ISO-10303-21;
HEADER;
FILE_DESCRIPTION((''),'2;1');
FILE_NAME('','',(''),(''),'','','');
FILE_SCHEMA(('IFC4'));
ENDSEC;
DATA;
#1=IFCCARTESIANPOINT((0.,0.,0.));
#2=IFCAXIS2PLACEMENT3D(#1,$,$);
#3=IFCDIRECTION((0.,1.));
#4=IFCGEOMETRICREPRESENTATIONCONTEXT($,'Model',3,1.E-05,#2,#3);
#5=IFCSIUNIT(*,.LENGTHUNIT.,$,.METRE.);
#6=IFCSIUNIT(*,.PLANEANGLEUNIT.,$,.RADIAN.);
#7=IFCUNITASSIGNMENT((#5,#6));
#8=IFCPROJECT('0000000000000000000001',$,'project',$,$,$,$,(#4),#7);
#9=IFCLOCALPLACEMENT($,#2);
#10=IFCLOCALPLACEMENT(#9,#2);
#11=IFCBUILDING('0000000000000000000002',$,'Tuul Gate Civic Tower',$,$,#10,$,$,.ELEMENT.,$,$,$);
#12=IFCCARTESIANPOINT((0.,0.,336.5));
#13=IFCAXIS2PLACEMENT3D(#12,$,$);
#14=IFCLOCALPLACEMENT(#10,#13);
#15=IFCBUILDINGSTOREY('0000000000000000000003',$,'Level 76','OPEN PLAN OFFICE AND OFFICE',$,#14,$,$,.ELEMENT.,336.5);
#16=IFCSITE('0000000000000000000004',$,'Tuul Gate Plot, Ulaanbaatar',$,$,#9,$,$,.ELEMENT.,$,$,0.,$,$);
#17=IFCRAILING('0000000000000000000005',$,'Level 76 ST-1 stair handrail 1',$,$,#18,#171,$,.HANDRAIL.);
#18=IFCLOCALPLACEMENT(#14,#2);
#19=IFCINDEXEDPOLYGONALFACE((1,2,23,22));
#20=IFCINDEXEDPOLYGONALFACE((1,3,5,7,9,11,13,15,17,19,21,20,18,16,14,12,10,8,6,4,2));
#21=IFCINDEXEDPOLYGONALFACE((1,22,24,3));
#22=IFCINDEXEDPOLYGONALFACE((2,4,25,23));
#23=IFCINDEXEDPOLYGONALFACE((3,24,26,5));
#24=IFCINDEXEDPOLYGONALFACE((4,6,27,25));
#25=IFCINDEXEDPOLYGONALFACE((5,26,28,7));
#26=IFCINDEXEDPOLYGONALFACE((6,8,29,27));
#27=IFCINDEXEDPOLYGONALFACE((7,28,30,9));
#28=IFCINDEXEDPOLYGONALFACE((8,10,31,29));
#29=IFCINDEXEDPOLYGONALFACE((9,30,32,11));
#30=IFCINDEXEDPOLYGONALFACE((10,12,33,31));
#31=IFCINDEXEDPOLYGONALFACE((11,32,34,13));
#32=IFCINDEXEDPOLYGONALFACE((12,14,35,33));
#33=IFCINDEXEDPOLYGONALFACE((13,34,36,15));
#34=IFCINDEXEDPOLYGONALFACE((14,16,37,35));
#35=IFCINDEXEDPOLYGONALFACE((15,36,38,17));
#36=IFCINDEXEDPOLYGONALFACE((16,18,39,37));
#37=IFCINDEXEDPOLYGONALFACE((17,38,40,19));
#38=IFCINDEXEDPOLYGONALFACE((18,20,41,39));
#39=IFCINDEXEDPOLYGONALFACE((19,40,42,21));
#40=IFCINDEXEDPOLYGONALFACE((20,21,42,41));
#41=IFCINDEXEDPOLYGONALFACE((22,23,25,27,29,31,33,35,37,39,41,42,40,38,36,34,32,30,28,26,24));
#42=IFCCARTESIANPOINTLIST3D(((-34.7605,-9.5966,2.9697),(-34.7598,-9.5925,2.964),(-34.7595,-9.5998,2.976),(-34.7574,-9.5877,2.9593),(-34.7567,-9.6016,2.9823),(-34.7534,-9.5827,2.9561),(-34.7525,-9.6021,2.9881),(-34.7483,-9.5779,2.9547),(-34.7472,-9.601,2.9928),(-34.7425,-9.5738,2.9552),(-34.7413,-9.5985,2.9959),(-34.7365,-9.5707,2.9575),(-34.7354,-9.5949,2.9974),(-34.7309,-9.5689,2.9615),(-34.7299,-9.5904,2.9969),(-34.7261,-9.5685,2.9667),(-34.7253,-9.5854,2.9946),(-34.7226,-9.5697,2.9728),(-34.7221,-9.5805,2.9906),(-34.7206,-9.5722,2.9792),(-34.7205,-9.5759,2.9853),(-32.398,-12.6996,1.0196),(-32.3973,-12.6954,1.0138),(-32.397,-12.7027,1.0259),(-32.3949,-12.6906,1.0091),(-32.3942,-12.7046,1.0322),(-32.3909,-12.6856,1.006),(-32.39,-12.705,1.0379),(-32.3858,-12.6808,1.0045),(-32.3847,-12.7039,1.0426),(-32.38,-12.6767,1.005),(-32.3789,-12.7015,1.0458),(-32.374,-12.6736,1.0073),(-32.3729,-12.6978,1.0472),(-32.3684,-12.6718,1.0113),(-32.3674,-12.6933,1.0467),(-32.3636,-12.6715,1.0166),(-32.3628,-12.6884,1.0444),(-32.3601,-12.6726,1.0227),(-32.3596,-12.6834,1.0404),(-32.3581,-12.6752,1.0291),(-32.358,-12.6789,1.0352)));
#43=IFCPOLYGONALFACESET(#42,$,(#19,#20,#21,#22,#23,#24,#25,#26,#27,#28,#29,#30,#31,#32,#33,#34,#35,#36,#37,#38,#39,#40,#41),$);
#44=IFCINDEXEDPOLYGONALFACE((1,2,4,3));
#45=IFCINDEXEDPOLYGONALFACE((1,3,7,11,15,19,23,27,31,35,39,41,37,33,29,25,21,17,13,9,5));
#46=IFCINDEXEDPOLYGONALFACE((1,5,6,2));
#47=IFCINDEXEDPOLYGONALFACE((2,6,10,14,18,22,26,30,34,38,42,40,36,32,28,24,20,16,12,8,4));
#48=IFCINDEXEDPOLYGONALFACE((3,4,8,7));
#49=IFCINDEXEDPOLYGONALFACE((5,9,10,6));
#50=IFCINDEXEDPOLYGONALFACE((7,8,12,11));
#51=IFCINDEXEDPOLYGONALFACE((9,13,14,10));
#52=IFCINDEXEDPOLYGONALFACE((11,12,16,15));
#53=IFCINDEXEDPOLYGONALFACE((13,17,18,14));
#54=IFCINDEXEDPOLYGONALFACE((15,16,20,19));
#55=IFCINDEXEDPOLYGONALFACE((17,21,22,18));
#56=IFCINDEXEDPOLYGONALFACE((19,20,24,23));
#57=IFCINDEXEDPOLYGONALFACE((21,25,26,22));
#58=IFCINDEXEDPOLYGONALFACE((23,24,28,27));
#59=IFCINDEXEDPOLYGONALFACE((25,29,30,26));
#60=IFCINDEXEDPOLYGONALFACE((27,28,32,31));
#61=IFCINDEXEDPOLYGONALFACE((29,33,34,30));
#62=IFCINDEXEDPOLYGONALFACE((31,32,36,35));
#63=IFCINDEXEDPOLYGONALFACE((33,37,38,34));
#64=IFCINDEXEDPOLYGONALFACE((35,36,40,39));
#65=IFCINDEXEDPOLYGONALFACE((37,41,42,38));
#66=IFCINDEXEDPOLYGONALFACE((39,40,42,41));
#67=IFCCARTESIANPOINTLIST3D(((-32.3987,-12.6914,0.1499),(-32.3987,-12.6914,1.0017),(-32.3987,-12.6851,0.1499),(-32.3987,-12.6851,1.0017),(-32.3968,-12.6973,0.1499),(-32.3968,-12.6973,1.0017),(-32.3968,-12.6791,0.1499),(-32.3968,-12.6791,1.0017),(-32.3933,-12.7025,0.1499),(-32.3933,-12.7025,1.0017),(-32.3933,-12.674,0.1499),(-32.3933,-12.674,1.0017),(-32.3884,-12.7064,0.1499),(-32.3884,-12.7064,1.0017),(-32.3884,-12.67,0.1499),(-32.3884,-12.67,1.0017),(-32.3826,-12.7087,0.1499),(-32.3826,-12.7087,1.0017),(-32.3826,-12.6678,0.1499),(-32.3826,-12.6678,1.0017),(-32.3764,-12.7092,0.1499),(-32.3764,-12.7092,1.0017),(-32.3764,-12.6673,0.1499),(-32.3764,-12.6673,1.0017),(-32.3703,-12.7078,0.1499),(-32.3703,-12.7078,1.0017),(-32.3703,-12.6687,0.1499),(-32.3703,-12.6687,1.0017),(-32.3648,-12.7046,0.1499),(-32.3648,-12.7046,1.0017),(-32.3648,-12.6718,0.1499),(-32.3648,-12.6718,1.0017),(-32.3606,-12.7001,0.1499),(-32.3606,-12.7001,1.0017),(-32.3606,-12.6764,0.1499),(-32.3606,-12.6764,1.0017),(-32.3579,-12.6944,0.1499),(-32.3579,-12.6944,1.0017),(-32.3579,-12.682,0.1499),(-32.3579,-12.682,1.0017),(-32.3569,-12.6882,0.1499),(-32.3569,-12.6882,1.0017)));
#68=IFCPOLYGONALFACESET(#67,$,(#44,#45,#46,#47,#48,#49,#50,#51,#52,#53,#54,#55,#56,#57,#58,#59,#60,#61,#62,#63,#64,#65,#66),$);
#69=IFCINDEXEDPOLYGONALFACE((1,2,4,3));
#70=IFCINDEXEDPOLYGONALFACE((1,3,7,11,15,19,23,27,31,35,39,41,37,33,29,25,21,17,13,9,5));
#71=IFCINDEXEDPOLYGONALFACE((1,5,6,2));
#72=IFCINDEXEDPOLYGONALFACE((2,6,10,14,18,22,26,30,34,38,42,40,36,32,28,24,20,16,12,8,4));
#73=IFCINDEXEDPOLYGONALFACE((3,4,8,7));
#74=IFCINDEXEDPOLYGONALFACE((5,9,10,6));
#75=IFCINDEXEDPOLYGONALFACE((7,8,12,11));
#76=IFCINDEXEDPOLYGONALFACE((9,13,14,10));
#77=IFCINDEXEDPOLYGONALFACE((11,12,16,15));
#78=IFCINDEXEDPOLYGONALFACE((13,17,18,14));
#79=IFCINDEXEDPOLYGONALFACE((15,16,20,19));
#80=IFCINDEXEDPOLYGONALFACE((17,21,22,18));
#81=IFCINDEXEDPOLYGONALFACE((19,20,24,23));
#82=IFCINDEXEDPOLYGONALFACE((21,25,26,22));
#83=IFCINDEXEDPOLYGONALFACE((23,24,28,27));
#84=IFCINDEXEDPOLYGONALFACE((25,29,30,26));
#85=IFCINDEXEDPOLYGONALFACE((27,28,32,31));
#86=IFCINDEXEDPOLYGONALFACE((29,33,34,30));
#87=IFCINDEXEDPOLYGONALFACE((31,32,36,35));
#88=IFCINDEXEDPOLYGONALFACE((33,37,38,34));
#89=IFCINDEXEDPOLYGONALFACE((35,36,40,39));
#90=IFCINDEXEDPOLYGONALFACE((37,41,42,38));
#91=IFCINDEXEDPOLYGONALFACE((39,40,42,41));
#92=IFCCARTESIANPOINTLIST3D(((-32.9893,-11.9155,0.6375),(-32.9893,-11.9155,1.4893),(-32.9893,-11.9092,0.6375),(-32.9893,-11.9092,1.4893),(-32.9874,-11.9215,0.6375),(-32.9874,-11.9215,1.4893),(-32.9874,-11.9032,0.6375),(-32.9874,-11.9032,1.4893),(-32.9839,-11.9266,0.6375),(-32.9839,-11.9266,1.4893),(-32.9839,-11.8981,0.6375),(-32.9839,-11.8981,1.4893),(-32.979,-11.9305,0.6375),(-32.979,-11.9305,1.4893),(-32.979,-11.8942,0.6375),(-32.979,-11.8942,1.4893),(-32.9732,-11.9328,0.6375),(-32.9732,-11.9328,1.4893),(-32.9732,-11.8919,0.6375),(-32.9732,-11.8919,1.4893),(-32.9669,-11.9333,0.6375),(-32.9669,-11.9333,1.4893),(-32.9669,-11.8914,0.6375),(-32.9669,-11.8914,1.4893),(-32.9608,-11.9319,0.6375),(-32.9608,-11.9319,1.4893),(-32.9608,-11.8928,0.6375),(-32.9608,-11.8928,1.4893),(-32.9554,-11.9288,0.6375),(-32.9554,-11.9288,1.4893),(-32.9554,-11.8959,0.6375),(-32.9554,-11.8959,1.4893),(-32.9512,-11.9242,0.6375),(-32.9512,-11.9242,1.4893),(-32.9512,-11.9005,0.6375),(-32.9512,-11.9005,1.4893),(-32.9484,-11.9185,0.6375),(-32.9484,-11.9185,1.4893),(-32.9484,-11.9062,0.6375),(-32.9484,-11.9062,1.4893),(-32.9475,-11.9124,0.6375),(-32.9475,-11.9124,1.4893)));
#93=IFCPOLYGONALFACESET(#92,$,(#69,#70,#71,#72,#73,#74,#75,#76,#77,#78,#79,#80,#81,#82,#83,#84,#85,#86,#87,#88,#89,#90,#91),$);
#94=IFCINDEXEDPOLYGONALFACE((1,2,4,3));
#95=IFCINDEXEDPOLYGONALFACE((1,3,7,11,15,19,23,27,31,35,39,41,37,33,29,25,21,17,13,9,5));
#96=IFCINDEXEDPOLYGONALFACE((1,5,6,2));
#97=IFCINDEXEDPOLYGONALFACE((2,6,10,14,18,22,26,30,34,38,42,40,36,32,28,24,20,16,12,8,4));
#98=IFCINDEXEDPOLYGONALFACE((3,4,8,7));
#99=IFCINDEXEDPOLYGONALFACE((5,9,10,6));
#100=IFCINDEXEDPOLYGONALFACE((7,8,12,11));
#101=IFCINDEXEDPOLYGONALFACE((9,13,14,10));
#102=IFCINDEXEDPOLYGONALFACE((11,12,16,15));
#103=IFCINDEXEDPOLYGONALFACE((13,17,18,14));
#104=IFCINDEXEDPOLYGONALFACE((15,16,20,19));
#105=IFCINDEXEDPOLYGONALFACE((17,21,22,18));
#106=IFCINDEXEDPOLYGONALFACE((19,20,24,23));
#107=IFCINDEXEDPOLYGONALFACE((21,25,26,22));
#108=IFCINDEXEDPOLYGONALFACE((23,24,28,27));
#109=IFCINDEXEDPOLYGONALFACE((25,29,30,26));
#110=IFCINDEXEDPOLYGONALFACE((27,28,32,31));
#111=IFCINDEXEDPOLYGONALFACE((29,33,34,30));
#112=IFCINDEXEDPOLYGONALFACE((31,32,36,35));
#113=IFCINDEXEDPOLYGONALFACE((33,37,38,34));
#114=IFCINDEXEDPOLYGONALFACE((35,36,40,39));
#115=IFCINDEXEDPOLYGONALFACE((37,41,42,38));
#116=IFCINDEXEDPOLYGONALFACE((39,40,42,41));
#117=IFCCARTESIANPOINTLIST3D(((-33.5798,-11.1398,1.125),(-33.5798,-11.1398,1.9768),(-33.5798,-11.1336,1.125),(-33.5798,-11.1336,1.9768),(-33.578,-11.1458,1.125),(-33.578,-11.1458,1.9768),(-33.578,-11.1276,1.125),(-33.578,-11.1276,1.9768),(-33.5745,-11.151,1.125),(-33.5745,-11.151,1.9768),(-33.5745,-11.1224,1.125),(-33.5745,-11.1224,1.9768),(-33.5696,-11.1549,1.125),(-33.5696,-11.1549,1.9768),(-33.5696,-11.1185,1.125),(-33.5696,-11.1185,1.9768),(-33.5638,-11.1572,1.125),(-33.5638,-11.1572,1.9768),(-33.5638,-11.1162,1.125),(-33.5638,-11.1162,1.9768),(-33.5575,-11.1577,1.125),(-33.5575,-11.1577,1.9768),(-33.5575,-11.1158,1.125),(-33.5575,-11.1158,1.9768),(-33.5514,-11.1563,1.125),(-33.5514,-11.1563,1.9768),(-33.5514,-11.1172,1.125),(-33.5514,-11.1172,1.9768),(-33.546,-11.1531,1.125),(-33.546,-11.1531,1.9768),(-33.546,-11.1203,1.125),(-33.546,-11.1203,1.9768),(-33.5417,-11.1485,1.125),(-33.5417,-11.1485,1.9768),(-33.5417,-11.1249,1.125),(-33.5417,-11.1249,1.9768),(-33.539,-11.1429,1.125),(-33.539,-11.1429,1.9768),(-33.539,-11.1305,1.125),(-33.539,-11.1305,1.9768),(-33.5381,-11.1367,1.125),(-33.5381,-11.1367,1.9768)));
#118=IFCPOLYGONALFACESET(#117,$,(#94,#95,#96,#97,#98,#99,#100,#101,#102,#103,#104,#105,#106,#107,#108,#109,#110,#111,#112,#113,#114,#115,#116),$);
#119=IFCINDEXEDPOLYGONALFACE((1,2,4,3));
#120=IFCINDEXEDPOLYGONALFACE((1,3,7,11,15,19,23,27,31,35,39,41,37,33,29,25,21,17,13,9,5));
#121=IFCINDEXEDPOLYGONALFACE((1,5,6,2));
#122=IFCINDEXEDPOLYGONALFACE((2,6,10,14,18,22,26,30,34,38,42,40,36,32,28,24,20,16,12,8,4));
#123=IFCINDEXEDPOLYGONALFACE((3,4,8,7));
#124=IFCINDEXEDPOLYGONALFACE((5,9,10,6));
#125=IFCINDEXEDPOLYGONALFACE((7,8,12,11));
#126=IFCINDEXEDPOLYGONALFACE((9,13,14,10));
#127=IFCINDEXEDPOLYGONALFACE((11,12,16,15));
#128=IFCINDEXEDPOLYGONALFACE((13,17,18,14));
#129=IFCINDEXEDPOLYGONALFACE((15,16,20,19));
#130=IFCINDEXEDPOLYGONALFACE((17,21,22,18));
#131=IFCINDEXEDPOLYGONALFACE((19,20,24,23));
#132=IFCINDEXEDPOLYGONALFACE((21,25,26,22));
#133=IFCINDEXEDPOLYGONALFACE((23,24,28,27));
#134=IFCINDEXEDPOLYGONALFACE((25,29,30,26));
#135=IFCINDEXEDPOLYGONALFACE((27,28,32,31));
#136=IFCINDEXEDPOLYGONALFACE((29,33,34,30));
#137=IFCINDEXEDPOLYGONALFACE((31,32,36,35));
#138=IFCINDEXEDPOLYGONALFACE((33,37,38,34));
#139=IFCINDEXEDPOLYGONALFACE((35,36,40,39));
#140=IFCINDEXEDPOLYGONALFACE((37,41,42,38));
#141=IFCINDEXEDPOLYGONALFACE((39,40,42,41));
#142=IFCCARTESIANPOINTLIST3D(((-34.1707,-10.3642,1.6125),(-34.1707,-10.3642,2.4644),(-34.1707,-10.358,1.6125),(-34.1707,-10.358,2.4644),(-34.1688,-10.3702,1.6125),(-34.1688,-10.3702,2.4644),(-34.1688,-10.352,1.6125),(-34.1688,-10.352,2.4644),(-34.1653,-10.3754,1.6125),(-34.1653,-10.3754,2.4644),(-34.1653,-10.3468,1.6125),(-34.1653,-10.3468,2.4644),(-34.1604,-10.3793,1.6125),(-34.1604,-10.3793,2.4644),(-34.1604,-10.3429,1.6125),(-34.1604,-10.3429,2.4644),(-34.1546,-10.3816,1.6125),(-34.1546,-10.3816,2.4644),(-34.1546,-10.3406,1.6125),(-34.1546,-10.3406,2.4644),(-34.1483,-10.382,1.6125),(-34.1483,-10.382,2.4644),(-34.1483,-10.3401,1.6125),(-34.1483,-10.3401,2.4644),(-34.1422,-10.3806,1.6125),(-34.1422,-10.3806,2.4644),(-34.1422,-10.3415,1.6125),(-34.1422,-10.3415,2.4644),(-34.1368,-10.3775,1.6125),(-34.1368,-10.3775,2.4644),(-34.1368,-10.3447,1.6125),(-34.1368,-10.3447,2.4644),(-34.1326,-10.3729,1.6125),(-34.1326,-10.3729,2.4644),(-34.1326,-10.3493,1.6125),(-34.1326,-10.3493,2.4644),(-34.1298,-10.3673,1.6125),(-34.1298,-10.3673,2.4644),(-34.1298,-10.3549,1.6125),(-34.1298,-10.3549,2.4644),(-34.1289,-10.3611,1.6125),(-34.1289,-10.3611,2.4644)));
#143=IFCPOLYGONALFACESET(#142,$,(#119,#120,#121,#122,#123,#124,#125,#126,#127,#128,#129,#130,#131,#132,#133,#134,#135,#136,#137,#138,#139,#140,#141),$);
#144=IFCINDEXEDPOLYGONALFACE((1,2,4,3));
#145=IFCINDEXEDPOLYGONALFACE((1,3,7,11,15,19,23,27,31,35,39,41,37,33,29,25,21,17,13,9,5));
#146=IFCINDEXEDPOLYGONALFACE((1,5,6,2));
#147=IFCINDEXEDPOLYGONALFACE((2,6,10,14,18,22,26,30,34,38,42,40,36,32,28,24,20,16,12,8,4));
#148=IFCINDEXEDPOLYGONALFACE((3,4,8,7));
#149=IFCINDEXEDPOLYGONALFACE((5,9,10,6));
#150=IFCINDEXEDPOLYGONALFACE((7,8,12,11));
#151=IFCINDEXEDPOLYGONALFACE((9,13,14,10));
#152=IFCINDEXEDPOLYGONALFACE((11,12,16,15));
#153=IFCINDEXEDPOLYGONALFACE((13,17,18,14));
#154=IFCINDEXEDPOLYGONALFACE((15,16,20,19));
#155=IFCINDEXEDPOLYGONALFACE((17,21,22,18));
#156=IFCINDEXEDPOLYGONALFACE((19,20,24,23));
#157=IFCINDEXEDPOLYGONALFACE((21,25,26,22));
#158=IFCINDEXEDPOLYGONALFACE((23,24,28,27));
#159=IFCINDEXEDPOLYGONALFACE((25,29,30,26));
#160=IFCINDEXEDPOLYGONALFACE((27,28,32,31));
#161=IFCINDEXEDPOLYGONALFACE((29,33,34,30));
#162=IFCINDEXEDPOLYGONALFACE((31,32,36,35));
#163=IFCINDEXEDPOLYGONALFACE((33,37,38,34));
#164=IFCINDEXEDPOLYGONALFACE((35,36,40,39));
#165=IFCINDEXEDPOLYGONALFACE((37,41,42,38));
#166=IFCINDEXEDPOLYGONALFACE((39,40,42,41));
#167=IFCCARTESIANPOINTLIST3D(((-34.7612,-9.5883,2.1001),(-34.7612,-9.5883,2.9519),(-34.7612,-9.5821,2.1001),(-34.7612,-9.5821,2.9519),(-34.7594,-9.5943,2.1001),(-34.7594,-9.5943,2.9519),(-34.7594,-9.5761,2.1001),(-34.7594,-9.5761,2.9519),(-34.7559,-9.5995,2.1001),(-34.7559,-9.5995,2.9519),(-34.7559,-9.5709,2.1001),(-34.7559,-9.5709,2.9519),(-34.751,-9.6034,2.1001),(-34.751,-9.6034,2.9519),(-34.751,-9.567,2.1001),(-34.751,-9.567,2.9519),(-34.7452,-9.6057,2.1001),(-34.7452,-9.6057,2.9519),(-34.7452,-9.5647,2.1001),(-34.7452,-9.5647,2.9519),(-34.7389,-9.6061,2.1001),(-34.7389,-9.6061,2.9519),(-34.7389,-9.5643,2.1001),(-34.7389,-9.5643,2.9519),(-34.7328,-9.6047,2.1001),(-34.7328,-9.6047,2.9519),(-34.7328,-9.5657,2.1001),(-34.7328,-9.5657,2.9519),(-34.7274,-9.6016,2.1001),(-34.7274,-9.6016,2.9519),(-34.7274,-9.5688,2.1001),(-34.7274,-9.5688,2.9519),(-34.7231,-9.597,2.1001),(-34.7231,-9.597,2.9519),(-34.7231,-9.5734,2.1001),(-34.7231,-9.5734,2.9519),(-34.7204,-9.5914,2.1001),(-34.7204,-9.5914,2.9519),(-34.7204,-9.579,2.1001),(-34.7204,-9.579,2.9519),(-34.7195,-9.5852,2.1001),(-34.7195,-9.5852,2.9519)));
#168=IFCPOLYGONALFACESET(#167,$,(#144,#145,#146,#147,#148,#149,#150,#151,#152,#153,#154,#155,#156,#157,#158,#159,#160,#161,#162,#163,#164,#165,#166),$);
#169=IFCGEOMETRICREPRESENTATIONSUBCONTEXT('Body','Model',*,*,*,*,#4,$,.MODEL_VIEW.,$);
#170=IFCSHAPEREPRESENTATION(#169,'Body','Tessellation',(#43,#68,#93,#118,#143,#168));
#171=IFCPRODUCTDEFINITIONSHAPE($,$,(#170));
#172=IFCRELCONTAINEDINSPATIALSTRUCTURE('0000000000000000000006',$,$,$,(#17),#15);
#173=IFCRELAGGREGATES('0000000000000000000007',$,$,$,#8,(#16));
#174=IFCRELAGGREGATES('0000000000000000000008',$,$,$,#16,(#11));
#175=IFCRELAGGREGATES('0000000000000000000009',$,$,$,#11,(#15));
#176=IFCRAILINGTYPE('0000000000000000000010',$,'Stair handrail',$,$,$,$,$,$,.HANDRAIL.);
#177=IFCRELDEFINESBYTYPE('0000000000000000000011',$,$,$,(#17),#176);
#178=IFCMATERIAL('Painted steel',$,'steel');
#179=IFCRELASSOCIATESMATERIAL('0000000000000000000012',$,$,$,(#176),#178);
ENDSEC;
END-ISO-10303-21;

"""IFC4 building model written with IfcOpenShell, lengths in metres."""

from ifc_helpers import new_model, si_unit, direction, frame, origin, origin_2d, place, context, subcontext, project, spatial, circle, extrude, material, type_object, element, save


model = new_model("IFC4")

# Units and contexts
model_context = context("Model", 3, precision=1e-05, world=origin(), true_north=direction((0.0, 1.0)))
body_context = subcontext(model_context, "Body", "Model", "MODEL_VIEW")
ifc_project = project(units=[si_unit("LENGTHUNIT", "METRE"), si_unit("PLANEANGLEUNIT", "RADIAN")], contexts=[model_context])

# Site, building, storey
site_placement = place(None, origin())
site = spatial("IfcSite", under=ifc_project, at=site_placement, Name="Tuul Gate Plot, Ulaanbaatar", CompositionType="ELEMENT", RefElevation=0.0)
building_placement = place(site_placement, origin())
building = spatial("IfcBuilding", under=site, at=building_placement, Name="Tuul Gate Civic Tower", CompositionType="ELEMENT")
storey_placement = place(building_placement, frame((0.0, 0.0, 336.5)))
storey = spatial("IfcBuildingStorey", under=building, at=storey_placement, Name="Level 76", Description="OPEN PLAN OFFICE AND OFFICE", CompositionType="ELEMENT", Elevation=336.5)

# Railing
ifc_material_1 = material(Name="Painted steel", Category="steel")
railing_type_1 = type_object("IfcRailingType", Name="Stair handrail", PredefinedType="HANDRAIL", material=ifc_material_1)
railing_1_placement = place(storey_placement, frame((-32.3779, -12.6882, 0.1499)))
element("IfcRailing", 1, at=railing_1_placement, inside=storey, type_object=railing_type_1, Name="Level 76 ST-1 stair handrail 1", PredefinedType="HANDRAIL", context=body_context, shape_type="SweptSolid", body=[
    extrude(circle(Radius=0.0239, at=origin_2d()), frame((0.0, 0.0, 0.876), z_axis=(-0.541811, 0.711627, 0.447245), x_axis=(-0.795637, -0.605773, 0.0)), (0.0, 0.0, 1.0), 4.3604),
    extrude(circle(Radius=0.021, at=origin_2d()), origin(), (0.0, 0.0, 1.0), 0.8518),
    extrude(circle(Radius=0.021, at=origin_2d()), frame((-0.5906, 0.7759, 0.4875)), (0.0, 0.0, 1.0), 0.8518),
    extrude(circle(Radius=0.021, at=origin_2d()), frame((-1.1812, 1.5515, 0.9751)), (0.0, 0.0, 1.0), 0.8518),
    extrude(circle(Radius=0.021, at=origin_2d()), frame((-1.772, 2.3271, 1.4626)), (0.0, 0.0, 1.0), 0.8518),
    extrude(circle(Radius=0.021, at=origin_2d()), frame((-2.3625, 3.103, 1.9502)), (0.0, 0.0, 1.0), 0.8518),
])

save(model, "model.ifc")
